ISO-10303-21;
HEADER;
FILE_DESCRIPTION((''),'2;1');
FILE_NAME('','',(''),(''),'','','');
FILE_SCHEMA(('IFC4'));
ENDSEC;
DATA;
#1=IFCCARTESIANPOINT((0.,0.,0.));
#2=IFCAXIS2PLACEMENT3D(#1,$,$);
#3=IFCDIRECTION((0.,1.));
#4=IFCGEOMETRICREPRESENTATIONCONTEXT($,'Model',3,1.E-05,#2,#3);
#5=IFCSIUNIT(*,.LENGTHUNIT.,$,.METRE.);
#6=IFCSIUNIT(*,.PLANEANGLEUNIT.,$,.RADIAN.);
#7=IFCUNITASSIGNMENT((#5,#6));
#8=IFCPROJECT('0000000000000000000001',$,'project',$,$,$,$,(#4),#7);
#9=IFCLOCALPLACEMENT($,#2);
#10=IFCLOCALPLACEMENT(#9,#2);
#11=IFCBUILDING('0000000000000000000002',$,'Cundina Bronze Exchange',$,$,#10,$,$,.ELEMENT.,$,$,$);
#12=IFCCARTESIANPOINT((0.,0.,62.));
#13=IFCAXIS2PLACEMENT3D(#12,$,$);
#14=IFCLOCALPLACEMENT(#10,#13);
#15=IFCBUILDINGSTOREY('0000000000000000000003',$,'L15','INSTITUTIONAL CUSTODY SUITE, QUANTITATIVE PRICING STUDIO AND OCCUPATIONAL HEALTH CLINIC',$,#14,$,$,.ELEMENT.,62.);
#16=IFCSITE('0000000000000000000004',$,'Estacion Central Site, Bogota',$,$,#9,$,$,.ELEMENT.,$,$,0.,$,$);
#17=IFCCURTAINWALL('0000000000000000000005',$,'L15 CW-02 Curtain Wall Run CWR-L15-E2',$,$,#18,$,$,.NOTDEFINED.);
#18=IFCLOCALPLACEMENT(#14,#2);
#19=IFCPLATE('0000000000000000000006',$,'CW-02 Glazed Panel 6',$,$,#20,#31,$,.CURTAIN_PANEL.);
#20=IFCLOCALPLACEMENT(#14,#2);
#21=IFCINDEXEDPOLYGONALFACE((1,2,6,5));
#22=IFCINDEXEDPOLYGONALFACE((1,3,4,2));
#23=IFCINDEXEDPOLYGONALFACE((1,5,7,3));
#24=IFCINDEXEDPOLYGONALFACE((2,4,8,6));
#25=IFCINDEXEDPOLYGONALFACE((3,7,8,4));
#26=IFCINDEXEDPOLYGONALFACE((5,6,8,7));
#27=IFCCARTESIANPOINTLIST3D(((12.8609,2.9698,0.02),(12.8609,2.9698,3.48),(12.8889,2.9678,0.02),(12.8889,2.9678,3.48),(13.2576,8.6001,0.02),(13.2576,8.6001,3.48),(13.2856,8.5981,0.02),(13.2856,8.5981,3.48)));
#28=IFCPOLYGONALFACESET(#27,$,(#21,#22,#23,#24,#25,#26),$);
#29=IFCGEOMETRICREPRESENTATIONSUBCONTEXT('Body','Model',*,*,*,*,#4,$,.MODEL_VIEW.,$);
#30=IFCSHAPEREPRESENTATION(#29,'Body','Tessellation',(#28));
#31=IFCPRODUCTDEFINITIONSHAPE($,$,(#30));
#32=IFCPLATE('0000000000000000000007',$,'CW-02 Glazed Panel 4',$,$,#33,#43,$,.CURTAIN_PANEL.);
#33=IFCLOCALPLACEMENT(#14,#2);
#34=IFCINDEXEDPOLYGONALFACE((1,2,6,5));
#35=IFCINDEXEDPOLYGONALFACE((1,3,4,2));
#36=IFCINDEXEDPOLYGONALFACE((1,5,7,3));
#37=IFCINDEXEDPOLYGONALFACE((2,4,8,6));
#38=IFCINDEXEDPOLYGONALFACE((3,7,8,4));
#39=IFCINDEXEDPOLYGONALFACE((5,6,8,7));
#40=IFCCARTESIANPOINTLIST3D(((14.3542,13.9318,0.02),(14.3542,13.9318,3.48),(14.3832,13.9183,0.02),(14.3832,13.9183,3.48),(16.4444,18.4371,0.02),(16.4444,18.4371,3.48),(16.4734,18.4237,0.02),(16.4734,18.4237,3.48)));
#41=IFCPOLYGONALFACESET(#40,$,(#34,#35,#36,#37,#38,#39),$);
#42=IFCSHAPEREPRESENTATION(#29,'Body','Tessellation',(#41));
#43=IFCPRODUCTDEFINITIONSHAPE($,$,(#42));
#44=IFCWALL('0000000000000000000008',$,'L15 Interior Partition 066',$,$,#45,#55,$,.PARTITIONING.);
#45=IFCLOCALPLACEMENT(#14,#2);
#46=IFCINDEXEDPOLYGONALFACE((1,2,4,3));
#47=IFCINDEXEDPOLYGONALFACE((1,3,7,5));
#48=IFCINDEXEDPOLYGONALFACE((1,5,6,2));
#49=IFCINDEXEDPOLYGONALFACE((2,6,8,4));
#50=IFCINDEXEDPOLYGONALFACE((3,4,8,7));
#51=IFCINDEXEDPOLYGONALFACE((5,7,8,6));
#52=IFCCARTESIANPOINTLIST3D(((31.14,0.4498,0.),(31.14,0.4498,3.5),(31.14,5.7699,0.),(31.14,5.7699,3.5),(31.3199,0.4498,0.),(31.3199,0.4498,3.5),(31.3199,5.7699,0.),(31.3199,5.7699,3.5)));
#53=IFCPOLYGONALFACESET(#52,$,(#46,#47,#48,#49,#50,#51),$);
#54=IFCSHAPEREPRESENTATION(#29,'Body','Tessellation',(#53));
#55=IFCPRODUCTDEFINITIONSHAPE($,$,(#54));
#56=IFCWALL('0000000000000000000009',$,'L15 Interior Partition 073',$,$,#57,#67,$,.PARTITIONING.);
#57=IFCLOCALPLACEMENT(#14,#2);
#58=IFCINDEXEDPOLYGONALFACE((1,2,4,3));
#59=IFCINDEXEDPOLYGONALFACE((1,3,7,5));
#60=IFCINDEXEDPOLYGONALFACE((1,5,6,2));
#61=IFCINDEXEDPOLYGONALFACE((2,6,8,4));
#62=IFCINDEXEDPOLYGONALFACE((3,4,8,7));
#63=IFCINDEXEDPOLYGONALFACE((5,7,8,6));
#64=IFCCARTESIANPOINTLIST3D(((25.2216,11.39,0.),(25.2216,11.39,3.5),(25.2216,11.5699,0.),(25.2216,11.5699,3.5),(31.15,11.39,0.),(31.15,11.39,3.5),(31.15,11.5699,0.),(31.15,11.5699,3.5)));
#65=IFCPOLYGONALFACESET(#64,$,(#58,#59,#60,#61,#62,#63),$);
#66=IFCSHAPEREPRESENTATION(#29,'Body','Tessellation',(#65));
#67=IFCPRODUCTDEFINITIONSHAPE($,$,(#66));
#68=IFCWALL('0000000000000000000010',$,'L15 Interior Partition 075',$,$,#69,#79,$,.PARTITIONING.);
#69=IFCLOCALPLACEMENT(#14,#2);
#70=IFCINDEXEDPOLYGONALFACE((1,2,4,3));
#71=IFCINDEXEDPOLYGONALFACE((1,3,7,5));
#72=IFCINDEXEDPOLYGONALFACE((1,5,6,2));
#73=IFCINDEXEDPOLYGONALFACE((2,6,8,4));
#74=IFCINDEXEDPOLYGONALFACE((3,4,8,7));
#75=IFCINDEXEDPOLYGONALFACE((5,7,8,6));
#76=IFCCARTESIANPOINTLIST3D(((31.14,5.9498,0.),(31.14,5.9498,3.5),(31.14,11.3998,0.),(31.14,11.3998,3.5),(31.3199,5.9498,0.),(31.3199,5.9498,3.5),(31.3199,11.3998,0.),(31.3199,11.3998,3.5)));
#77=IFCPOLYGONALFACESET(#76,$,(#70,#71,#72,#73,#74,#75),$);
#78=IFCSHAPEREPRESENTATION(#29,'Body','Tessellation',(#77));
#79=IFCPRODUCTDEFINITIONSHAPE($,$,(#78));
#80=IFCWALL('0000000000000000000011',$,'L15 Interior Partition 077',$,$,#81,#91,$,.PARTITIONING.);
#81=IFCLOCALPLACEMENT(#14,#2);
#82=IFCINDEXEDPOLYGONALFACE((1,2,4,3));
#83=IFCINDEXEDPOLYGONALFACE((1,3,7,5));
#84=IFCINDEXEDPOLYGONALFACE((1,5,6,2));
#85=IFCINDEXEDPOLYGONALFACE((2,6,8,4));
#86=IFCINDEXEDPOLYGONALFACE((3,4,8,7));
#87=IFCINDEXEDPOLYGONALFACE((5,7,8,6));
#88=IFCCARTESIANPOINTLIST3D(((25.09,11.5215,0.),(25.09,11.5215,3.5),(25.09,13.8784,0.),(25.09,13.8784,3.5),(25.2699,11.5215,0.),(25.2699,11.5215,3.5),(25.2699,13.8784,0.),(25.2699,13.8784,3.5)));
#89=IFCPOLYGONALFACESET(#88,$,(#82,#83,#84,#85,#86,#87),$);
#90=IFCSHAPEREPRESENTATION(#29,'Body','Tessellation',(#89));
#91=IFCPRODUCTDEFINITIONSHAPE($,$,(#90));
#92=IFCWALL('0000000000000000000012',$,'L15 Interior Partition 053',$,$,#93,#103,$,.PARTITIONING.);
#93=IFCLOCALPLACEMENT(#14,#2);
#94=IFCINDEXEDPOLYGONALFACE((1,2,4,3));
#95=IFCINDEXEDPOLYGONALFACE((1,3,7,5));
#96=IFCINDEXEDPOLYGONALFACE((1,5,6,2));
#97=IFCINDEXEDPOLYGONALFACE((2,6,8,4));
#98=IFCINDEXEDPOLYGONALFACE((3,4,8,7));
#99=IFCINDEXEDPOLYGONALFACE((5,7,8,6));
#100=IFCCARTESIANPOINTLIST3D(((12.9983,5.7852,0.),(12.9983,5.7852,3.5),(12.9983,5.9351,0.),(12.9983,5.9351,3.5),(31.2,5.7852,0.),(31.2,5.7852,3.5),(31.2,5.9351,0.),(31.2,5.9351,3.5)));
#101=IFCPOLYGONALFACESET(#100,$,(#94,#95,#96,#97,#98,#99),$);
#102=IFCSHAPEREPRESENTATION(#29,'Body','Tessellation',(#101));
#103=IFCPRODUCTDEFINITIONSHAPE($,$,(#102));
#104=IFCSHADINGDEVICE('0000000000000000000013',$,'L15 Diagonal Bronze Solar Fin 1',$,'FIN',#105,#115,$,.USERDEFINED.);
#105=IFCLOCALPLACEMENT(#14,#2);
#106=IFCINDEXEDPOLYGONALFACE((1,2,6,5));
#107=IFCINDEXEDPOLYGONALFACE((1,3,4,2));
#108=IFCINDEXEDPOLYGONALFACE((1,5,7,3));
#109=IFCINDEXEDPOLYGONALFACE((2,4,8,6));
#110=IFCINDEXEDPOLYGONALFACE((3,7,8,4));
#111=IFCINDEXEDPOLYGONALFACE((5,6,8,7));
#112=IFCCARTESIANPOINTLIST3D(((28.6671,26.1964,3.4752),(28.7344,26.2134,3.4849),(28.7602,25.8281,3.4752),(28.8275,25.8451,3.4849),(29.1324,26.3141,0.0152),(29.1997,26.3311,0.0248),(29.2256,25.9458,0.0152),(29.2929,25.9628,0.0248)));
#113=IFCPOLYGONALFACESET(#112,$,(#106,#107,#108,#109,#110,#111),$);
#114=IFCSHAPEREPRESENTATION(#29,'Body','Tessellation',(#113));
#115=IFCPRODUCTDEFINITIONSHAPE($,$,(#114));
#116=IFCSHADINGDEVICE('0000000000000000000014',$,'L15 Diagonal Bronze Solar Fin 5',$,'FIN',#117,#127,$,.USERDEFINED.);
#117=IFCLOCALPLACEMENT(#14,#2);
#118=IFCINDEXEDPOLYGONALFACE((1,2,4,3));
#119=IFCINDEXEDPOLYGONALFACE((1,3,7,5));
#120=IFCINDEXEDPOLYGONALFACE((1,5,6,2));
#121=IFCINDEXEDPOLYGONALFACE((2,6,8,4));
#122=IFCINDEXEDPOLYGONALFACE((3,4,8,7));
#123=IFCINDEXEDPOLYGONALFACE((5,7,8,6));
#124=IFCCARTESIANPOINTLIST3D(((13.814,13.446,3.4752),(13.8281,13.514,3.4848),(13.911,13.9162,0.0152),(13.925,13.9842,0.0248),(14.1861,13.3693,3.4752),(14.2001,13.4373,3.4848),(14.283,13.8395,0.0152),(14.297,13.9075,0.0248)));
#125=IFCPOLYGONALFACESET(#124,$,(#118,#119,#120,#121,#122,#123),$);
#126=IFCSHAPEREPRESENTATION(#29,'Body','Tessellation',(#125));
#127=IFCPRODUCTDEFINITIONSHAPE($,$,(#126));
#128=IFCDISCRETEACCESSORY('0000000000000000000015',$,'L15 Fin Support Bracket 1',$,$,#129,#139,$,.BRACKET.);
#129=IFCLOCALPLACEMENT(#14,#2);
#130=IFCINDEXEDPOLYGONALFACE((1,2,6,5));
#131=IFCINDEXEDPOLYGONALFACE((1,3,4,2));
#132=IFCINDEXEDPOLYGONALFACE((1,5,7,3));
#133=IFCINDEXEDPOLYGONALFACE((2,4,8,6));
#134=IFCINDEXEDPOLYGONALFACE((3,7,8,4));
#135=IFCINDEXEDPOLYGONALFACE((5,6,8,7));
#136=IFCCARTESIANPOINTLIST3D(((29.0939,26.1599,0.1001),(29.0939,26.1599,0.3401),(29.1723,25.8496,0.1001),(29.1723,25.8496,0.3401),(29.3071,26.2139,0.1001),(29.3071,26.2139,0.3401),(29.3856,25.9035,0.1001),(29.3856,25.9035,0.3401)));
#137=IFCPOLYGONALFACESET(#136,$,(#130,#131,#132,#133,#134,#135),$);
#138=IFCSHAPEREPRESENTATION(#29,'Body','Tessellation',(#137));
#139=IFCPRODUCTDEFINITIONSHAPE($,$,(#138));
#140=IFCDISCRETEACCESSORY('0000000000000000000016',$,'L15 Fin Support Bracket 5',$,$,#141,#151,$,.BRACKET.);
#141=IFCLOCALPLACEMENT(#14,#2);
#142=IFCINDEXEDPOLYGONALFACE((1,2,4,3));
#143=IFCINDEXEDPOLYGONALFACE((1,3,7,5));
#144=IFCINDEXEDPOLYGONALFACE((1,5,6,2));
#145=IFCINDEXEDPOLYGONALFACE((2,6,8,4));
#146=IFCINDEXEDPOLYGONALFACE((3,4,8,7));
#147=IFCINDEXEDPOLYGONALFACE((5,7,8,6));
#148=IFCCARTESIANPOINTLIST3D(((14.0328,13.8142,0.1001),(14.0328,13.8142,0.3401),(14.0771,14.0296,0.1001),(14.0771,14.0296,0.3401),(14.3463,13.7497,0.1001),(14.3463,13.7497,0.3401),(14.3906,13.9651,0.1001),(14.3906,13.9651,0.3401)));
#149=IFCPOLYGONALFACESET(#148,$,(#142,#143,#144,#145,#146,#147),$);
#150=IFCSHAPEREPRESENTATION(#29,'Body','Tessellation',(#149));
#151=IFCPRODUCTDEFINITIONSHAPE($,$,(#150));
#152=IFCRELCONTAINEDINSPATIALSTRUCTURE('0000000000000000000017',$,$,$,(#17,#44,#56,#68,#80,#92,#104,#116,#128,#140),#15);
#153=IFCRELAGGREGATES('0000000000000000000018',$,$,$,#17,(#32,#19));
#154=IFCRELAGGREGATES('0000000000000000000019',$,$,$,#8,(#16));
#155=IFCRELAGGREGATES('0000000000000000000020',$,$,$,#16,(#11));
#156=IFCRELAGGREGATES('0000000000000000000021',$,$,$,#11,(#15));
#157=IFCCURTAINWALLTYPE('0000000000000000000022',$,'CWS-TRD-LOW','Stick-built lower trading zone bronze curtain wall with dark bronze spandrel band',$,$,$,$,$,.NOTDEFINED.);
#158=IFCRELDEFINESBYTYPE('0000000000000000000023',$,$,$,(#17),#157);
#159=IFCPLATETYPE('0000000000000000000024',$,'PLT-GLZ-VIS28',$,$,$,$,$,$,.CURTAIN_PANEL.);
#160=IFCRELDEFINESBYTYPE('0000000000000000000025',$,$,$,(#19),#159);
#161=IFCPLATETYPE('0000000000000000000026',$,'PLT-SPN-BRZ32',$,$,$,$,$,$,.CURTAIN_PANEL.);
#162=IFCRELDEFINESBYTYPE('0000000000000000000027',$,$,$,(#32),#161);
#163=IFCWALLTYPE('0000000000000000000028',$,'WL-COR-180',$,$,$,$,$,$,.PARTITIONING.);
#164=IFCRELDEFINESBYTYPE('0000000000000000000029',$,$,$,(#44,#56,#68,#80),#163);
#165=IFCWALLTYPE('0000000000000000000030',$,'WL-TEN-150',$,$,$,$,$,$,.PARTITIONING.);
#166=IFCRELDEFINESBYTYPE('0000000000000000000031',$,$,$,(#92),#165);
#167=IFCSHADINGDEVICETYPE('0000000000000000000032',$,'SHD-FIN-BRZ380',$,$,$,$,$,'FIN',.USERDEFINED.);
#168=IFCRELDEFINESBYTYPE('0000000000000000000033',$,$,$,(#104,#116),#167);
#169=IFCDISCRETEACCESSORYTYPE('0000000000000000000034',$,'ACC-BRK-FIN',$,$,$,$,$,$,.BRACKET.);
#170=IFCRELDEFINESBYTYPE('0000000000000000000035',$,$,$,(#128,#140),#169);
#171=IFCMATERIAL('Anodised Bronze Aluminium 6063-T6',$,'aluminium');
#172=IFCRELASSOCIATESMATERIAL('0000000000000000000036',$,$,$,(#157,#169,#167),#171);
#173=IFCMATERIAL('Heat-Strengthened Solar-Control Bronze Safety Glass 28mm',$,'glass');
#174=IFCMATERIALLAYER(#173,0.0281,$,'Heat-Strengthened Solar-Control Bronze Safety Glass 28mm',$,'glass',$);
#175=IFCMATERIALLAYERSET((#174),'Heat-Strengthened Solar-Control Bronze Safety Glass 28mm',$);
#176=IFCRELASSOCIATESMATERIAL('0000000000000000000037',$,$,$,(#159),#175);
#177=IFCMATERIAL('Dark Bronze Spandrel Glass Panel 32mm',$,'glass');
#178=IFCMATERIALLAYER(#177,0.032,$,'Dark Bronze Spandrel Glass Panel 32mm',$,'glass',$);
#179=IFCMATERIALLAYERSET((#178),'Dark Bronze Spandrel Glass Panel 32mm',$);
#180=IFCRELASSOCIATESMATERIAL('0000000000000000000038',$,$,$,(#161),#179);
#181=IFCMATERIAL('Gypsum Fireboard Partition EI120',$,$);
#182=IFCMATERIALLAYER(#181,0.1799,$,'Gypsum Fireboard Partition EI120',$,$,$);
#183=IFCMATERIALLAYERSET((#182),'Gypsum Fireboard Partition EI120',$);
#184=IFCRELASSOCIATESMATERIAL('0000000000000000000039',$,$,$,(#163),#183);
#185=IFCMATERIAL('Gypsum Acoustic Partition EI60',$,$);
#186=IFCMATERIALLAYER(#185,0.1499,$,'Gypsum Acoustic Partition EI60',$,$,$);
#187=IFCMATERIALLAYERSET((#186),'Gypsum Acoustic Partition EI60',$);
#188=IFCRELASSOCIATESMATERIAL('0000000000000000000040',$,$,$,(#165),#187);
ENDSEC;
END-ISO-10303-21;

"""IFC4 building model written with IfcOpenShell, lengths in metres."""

from ifc_helpers import new_model, si_unit, direction, frame, frame_2d, origin, origin_2d, place, context, subcontext, project, spatial, rectangle, extrude, material, layer, layer_set, material_profile, profile_set, type_object, element, aggregate, save


model = new_model("IFC4")

# Units and contexts
model_context = context("Model", 3, precision=1e-05, world=origin(), true_north=direction((0.0, 1.0)))
body_context = subcontext(model_context, "Body", "Model", "MODEL_VIEW")
ifc_project = project(units=[si_unit("LENGTHUNIT", "METRE"), si_unit("PLANEANGLEUNIT", "RADIAN")], contexts=[model_context])

# Site, building, storey
site_placement = place(None, origin())
site = spatial("IfcSite", under=ifc_project, at=site_placement, Name="Estacion Central Site, Bogota", CompositionType="ELEMENT", RefElevation=0.0)
building_placement = place(site_placement, origin())
building = spatial("IfcBuilding", under=site, at=building_placement, Name="Cundina Bronze Exchange", CompositionType="ELEMENT")
storey_placement = place(building_placement, frame((0.0, 0.0, 62.0)))
storey = spatial("IfcBuildingStorey", under=building, at=storey_placement, Name="L15", Description="INSTITUTIONAL CUSTODY SUITE, QUANTITATIVE PRICING STUDIO AND OCCUPATIONAL HEALTH CLINIC", CompositionType="ELEMENT", Elevation=62.0)

# Shared definitions
ifc_material_1 = material(Name="Anodised Bronze Aluminium 6063-T6", Category="aluminium")
curtain_wall_type = type_object("IfcCurtainWallType", Name="CWS-TRD-LOW", Description="Stick-built lower trading zone bronze curtain wall with dark bronze spandrel band", PredefinedType="NOTDEFINED", material=ifc_material_1)

# Curtain wall, plates
curtain_wall_1_placement = place(storey_placement, origin())
curtain_wall_1 = element("IfcCurtainWall", 1, at=curtain_wall_1_placement, inside=storey, type_object=curtain_wall_type, Name="L15 CW-02 Curtain Wall Run CWR-L15-E2", PredefinedType="NOTDEFINED")
ifc_material_2 = material(Name="Heat-Strengthened Solar-Control Bronze Safety Glass 28mm", Category="glass")
ifc_layer_1 = layer(ifc_material_2, 0.0281, Name="Heat-Strengthened Solar-Control Bronze Safety Glass 28mm", Category="glass")
ifc_layer_set_1 = layer_set([ifc_layer_1], Name="Heat-Strengthened Solar-Control Bronze Safety Glass 28mm")
plate_type_1 = type_object("IfcPlateType", Name="PLT-GLZ-VIS28", PredefinedType="CURTAIN_PANEL", material=ifc_layer_set_1)
plate_1_placement = place(storey_placement, frame((13.0732, 5.7839, 0.02), z_axis=(0.0, 0.0, 1.0), x_axis=(-0.070279, -0.997527, 0.0)))
plate_1 = element("IfcPlate", 2, at=plate_1_placement, type_object=plate_type_1, Name="CW-02 Glazed Panel 6", PredefinedType="CURTAIN_PANEL", context=body_context, shape_type="SweptSolid", body=[
    extrude(rectangle(XDim=5.6443, YDim=0.0281, at=origin_2d()), origin(), (0.0, 0.0, 1.0), 3.46),
])
ifc_material_3 = material(Name="Dark Bronze Spandrel Glass Panel 32mm", Category="glass")
ifc_layer_2 = layer(ifc_material_3, 0.032, Name="Dark Bronze Spandrel Glass Panel 32mm", Category="glass")
ifc_layer_set_2 = layer_set([ifc_layer_2], Name="Dark Bronze Spandrel Glass Panel 32mm")
plate_type_2 = type_object("IfcPlateType", Name="PLT-SPN-BRZ32", PredefinedType="CURTAIN_PANEL", material=ifc_layer_set_2)
plate_2_placement = place(storey_placement, frame((15.4138, 16.1777, 0.02), z_axis=(0.0, 0.0, 1.0), x_axis=(-0.420846, -0.907132, 0.0)))
plate_2 = element("IfcPlate", 3, at=plate_2_placement, type_object=plate_type_2, Name="CW-02 Glazed Panel 4", PredefinedType="CURTAIN_PANEL", context=body_context, shape_type="SweptSolid", body=[
    extrude(rectangle(XDim=4.9666, YDim=0.032, at=origin_2d()), origin(), (0.0, 0.0, 1.0), 3.46),
])
aggregate(curtain_wall_1, [plate_2, plate_1])

# Walls
ifc_material_4 = material(Name="Gypsum Fireboard Partition EI120")
ifc_layer_3 = layer(ifc_material_4, 0.1799, Name="Gypsum Fireboard Partition EI120")
ifc_layer_set_3 = layer_set([ifc_layer_3], Name="Gypsum Fireboard Partition EI120")
wall_type_1 = type_object("IfcWallType", Name="WL-COR-180", PredefinedType="PARTITIONING", material=ifc_layer_set_3)
wall_1_placement = place(storey_placement, frame((31.23, 5.77, 0.0), z_axis=(0.0, 0.0, 1.0), x_axis=(0.0, -1.0, 0.0)))
element("IfcWall", 4, at=wall_1_placement, inside=storey, type_object=wall_type_1, Name="L15 Interior Partition 066", PredefinedType="PARTITIONING", context=body_context, shape_type="SweptSolid", body=[
    extrude(rectangle(XDim=5.3201, YDim=0.1799, at=frame_2d((2.6602, 0.0))), origin(), (0.0, 0.0, 1.0), 3.5),
])
wall_2_placement = place(storey_placement, frame((25.2214, 11.48, 0.0), z_axis=(0.0, 0.0, 1.0), x_axis=(1.0, 0.0, 0.0)))
element("IfcWall", 5, at=wall_2_placement, inside=storey, type_object=wall_type_1, Name="L15 Interior Partition 073", PredefinedType="PARTITIONING", context=body_context, shape_type="SweptSolid", body=[
    extrude(rectangle(XDim=5.9285, YDim=0.1799, at=frame_2d((2.9644, 0.0))), origin(), (0.0, 0.0, 1.0), 3.5),
])
wall_3_placement = place(storey_placement, frame((31.23, 11.3999, 0.0), z_axis=(0.0, 0.0, 1.0), x_axis=(0.0, -1.0, 0.0)))
element("IfcWall", 6, at=wall_3_placement, inside=storey, type_object=wall_type_1, Name="L15 Interior Partition 075", PredefinedType="PARTITIONING", context=body_context, shape_type="SweptSolid", body=[
    extrude(rectangle(XDim=5.45, YDim=0.1799, at=frame_2d((2.7251, 0.0))), origin(), (0.0, 0.0, 1.0), 3.5),
])
wall_4_placement = place(storey_placement, frame((25.1799, 13.8784, 0.0), z_axis=(0.0, 0.0, 1.0), x_axis=(0.0, -1.0, 0.0)))
element("IfcWall", 7, at=wall_4_placement, inside=storey, type_object=wall_type_1, Name="L15 Interior Partition 077", PredefinedType="PARTITIONING", context=body_context, shape_type="SweptSolid", body=[
    extrude(rectangle(XDim=2.3569, YDim=0.1799, at=frame_2d((1.1785, 0.0))), origin(), (0.0, 0.0, 1.0), 3.5),
])
ifc_material_5 = material(Name="Gypsum Acoustic Partition EI60")
ifc_layer_4 = layer(ifc_material_5, 0.1499, Name="Gypsum Acoustic Partition EI60")
ifc_layer_set_4 = layer_set([ifc_layer_4], Name="Gypsum Acoustic Partition EI60")
wall_type_2 = type_object("IfcWallType", Name="WL-TEN-150", PredefinedType="PARTITIONING", material=ifc_layer_set_4)
wall_5_placement = place(storey_placement, frame((12.9983, 5.8601, 0.0), z_axis=(0.0, 0.0, 1.0), x_axis=(1.0, 0.0, 0.0)))
element("IfcWall", 8, at=wall_5_placement, inside=storey, type_object=wall_type_2, Name="L15 Interior Partition 053", PredefinedType="PARTITIONING", context=body_context, shape_type="SweptSolid", body=[
    extrude(rectangle(XDim=18.2017, YDim=0.1499, at=frame_2d((9.1008, 0.0))), origin(), (0.0, 0.0, 1.0), 3.5),
])

# Shading devices
ifc_material_profile_1 = material_profile(ifc_material_1, rectangle(XDim=0.0701, YDim=0.3799, at=origin_2d()), Name="FIN70X380", Category="aluminium")
ifc_profile_set_1 = profile_set([ifc_material_profile_1], Name="Anodised Bronze Aluminium 6063-T6")
shading_device_type = type_object("IfcShadingDeviceType", Name="SHD-FIN-BRZ380", ElementType="FIN", PredefinedType="USERDEFINED", material=ifc_profile_set_1)
for number, where, z_axis, x_axis, name in (
    (9, (29.2126, 26.1384, 0.02), (-0.133215, -0.033688, 0.990514), (0.960285, 0.242842, 0.137408), "L15 Diagonal Bronze Solar Fin 1"),
    (10, (14.104, 13.9119, 0.02), (-0.027747, -0.134612, 0.99051), (0.199967, 0.970115, 0.137442), "L15 Diagonal Bronze Solar Fin 5"),
):
    element("IfcShadingDevice", number, at=place(storey_placement, frame(where, z_axis=z_axis, x_axis=x_axis)), inside=storey, type_object=shading_device_type, Name=name, ObjectType="FIN", PredefinedType="USERDEFINED", context=body_context, shape_type="SweptSolid", body=[
        extrude(rectangle(XDim=0.0701, YDim=0.3799, at=origin_2d()), origin(), (0.0, 0.0, 1.0), 3.4932),
    ])

# Discrete accessories
discrete_accessory_type = type_object("IfcDiscreteAccessoryType", Name="ACC-BRK-FIN", PredefinedType="BRACKET", material=ifc_material_1)
for number, where, z_axis, x_axis, name in (
    (11, (29.2397, 26.0317, 0.1001), (0.0, 0.0, 1.0), (-0.969488, -0.245138, 0.0), "L15 Fin Support Bracket 1"),
    (12, (14.2117, 13.8896, 0.1001), (0.0, 0.0, 1.0), (-0.20142, -0.979505, 0.0), "L15 Fin Support Bracket 5"),
):
    element("IfcDiscreteAccessory", number, at=place(storey_placement, frame(where, z_axis=z_axis, x_axis=x_axis)), inside=storey, type_object=discrete_accessory_type, Name=name, PredefinedType="BRACKET", context=body_context, shape_type="SweptSolid", body=[
        extrude(rectangle(XDim=0.22, YDim=0.3201, at=origin_2d()), origin(), (0.0, 0.0, 1.0), 0.24),
    ])

save(model, "model.ifc")
